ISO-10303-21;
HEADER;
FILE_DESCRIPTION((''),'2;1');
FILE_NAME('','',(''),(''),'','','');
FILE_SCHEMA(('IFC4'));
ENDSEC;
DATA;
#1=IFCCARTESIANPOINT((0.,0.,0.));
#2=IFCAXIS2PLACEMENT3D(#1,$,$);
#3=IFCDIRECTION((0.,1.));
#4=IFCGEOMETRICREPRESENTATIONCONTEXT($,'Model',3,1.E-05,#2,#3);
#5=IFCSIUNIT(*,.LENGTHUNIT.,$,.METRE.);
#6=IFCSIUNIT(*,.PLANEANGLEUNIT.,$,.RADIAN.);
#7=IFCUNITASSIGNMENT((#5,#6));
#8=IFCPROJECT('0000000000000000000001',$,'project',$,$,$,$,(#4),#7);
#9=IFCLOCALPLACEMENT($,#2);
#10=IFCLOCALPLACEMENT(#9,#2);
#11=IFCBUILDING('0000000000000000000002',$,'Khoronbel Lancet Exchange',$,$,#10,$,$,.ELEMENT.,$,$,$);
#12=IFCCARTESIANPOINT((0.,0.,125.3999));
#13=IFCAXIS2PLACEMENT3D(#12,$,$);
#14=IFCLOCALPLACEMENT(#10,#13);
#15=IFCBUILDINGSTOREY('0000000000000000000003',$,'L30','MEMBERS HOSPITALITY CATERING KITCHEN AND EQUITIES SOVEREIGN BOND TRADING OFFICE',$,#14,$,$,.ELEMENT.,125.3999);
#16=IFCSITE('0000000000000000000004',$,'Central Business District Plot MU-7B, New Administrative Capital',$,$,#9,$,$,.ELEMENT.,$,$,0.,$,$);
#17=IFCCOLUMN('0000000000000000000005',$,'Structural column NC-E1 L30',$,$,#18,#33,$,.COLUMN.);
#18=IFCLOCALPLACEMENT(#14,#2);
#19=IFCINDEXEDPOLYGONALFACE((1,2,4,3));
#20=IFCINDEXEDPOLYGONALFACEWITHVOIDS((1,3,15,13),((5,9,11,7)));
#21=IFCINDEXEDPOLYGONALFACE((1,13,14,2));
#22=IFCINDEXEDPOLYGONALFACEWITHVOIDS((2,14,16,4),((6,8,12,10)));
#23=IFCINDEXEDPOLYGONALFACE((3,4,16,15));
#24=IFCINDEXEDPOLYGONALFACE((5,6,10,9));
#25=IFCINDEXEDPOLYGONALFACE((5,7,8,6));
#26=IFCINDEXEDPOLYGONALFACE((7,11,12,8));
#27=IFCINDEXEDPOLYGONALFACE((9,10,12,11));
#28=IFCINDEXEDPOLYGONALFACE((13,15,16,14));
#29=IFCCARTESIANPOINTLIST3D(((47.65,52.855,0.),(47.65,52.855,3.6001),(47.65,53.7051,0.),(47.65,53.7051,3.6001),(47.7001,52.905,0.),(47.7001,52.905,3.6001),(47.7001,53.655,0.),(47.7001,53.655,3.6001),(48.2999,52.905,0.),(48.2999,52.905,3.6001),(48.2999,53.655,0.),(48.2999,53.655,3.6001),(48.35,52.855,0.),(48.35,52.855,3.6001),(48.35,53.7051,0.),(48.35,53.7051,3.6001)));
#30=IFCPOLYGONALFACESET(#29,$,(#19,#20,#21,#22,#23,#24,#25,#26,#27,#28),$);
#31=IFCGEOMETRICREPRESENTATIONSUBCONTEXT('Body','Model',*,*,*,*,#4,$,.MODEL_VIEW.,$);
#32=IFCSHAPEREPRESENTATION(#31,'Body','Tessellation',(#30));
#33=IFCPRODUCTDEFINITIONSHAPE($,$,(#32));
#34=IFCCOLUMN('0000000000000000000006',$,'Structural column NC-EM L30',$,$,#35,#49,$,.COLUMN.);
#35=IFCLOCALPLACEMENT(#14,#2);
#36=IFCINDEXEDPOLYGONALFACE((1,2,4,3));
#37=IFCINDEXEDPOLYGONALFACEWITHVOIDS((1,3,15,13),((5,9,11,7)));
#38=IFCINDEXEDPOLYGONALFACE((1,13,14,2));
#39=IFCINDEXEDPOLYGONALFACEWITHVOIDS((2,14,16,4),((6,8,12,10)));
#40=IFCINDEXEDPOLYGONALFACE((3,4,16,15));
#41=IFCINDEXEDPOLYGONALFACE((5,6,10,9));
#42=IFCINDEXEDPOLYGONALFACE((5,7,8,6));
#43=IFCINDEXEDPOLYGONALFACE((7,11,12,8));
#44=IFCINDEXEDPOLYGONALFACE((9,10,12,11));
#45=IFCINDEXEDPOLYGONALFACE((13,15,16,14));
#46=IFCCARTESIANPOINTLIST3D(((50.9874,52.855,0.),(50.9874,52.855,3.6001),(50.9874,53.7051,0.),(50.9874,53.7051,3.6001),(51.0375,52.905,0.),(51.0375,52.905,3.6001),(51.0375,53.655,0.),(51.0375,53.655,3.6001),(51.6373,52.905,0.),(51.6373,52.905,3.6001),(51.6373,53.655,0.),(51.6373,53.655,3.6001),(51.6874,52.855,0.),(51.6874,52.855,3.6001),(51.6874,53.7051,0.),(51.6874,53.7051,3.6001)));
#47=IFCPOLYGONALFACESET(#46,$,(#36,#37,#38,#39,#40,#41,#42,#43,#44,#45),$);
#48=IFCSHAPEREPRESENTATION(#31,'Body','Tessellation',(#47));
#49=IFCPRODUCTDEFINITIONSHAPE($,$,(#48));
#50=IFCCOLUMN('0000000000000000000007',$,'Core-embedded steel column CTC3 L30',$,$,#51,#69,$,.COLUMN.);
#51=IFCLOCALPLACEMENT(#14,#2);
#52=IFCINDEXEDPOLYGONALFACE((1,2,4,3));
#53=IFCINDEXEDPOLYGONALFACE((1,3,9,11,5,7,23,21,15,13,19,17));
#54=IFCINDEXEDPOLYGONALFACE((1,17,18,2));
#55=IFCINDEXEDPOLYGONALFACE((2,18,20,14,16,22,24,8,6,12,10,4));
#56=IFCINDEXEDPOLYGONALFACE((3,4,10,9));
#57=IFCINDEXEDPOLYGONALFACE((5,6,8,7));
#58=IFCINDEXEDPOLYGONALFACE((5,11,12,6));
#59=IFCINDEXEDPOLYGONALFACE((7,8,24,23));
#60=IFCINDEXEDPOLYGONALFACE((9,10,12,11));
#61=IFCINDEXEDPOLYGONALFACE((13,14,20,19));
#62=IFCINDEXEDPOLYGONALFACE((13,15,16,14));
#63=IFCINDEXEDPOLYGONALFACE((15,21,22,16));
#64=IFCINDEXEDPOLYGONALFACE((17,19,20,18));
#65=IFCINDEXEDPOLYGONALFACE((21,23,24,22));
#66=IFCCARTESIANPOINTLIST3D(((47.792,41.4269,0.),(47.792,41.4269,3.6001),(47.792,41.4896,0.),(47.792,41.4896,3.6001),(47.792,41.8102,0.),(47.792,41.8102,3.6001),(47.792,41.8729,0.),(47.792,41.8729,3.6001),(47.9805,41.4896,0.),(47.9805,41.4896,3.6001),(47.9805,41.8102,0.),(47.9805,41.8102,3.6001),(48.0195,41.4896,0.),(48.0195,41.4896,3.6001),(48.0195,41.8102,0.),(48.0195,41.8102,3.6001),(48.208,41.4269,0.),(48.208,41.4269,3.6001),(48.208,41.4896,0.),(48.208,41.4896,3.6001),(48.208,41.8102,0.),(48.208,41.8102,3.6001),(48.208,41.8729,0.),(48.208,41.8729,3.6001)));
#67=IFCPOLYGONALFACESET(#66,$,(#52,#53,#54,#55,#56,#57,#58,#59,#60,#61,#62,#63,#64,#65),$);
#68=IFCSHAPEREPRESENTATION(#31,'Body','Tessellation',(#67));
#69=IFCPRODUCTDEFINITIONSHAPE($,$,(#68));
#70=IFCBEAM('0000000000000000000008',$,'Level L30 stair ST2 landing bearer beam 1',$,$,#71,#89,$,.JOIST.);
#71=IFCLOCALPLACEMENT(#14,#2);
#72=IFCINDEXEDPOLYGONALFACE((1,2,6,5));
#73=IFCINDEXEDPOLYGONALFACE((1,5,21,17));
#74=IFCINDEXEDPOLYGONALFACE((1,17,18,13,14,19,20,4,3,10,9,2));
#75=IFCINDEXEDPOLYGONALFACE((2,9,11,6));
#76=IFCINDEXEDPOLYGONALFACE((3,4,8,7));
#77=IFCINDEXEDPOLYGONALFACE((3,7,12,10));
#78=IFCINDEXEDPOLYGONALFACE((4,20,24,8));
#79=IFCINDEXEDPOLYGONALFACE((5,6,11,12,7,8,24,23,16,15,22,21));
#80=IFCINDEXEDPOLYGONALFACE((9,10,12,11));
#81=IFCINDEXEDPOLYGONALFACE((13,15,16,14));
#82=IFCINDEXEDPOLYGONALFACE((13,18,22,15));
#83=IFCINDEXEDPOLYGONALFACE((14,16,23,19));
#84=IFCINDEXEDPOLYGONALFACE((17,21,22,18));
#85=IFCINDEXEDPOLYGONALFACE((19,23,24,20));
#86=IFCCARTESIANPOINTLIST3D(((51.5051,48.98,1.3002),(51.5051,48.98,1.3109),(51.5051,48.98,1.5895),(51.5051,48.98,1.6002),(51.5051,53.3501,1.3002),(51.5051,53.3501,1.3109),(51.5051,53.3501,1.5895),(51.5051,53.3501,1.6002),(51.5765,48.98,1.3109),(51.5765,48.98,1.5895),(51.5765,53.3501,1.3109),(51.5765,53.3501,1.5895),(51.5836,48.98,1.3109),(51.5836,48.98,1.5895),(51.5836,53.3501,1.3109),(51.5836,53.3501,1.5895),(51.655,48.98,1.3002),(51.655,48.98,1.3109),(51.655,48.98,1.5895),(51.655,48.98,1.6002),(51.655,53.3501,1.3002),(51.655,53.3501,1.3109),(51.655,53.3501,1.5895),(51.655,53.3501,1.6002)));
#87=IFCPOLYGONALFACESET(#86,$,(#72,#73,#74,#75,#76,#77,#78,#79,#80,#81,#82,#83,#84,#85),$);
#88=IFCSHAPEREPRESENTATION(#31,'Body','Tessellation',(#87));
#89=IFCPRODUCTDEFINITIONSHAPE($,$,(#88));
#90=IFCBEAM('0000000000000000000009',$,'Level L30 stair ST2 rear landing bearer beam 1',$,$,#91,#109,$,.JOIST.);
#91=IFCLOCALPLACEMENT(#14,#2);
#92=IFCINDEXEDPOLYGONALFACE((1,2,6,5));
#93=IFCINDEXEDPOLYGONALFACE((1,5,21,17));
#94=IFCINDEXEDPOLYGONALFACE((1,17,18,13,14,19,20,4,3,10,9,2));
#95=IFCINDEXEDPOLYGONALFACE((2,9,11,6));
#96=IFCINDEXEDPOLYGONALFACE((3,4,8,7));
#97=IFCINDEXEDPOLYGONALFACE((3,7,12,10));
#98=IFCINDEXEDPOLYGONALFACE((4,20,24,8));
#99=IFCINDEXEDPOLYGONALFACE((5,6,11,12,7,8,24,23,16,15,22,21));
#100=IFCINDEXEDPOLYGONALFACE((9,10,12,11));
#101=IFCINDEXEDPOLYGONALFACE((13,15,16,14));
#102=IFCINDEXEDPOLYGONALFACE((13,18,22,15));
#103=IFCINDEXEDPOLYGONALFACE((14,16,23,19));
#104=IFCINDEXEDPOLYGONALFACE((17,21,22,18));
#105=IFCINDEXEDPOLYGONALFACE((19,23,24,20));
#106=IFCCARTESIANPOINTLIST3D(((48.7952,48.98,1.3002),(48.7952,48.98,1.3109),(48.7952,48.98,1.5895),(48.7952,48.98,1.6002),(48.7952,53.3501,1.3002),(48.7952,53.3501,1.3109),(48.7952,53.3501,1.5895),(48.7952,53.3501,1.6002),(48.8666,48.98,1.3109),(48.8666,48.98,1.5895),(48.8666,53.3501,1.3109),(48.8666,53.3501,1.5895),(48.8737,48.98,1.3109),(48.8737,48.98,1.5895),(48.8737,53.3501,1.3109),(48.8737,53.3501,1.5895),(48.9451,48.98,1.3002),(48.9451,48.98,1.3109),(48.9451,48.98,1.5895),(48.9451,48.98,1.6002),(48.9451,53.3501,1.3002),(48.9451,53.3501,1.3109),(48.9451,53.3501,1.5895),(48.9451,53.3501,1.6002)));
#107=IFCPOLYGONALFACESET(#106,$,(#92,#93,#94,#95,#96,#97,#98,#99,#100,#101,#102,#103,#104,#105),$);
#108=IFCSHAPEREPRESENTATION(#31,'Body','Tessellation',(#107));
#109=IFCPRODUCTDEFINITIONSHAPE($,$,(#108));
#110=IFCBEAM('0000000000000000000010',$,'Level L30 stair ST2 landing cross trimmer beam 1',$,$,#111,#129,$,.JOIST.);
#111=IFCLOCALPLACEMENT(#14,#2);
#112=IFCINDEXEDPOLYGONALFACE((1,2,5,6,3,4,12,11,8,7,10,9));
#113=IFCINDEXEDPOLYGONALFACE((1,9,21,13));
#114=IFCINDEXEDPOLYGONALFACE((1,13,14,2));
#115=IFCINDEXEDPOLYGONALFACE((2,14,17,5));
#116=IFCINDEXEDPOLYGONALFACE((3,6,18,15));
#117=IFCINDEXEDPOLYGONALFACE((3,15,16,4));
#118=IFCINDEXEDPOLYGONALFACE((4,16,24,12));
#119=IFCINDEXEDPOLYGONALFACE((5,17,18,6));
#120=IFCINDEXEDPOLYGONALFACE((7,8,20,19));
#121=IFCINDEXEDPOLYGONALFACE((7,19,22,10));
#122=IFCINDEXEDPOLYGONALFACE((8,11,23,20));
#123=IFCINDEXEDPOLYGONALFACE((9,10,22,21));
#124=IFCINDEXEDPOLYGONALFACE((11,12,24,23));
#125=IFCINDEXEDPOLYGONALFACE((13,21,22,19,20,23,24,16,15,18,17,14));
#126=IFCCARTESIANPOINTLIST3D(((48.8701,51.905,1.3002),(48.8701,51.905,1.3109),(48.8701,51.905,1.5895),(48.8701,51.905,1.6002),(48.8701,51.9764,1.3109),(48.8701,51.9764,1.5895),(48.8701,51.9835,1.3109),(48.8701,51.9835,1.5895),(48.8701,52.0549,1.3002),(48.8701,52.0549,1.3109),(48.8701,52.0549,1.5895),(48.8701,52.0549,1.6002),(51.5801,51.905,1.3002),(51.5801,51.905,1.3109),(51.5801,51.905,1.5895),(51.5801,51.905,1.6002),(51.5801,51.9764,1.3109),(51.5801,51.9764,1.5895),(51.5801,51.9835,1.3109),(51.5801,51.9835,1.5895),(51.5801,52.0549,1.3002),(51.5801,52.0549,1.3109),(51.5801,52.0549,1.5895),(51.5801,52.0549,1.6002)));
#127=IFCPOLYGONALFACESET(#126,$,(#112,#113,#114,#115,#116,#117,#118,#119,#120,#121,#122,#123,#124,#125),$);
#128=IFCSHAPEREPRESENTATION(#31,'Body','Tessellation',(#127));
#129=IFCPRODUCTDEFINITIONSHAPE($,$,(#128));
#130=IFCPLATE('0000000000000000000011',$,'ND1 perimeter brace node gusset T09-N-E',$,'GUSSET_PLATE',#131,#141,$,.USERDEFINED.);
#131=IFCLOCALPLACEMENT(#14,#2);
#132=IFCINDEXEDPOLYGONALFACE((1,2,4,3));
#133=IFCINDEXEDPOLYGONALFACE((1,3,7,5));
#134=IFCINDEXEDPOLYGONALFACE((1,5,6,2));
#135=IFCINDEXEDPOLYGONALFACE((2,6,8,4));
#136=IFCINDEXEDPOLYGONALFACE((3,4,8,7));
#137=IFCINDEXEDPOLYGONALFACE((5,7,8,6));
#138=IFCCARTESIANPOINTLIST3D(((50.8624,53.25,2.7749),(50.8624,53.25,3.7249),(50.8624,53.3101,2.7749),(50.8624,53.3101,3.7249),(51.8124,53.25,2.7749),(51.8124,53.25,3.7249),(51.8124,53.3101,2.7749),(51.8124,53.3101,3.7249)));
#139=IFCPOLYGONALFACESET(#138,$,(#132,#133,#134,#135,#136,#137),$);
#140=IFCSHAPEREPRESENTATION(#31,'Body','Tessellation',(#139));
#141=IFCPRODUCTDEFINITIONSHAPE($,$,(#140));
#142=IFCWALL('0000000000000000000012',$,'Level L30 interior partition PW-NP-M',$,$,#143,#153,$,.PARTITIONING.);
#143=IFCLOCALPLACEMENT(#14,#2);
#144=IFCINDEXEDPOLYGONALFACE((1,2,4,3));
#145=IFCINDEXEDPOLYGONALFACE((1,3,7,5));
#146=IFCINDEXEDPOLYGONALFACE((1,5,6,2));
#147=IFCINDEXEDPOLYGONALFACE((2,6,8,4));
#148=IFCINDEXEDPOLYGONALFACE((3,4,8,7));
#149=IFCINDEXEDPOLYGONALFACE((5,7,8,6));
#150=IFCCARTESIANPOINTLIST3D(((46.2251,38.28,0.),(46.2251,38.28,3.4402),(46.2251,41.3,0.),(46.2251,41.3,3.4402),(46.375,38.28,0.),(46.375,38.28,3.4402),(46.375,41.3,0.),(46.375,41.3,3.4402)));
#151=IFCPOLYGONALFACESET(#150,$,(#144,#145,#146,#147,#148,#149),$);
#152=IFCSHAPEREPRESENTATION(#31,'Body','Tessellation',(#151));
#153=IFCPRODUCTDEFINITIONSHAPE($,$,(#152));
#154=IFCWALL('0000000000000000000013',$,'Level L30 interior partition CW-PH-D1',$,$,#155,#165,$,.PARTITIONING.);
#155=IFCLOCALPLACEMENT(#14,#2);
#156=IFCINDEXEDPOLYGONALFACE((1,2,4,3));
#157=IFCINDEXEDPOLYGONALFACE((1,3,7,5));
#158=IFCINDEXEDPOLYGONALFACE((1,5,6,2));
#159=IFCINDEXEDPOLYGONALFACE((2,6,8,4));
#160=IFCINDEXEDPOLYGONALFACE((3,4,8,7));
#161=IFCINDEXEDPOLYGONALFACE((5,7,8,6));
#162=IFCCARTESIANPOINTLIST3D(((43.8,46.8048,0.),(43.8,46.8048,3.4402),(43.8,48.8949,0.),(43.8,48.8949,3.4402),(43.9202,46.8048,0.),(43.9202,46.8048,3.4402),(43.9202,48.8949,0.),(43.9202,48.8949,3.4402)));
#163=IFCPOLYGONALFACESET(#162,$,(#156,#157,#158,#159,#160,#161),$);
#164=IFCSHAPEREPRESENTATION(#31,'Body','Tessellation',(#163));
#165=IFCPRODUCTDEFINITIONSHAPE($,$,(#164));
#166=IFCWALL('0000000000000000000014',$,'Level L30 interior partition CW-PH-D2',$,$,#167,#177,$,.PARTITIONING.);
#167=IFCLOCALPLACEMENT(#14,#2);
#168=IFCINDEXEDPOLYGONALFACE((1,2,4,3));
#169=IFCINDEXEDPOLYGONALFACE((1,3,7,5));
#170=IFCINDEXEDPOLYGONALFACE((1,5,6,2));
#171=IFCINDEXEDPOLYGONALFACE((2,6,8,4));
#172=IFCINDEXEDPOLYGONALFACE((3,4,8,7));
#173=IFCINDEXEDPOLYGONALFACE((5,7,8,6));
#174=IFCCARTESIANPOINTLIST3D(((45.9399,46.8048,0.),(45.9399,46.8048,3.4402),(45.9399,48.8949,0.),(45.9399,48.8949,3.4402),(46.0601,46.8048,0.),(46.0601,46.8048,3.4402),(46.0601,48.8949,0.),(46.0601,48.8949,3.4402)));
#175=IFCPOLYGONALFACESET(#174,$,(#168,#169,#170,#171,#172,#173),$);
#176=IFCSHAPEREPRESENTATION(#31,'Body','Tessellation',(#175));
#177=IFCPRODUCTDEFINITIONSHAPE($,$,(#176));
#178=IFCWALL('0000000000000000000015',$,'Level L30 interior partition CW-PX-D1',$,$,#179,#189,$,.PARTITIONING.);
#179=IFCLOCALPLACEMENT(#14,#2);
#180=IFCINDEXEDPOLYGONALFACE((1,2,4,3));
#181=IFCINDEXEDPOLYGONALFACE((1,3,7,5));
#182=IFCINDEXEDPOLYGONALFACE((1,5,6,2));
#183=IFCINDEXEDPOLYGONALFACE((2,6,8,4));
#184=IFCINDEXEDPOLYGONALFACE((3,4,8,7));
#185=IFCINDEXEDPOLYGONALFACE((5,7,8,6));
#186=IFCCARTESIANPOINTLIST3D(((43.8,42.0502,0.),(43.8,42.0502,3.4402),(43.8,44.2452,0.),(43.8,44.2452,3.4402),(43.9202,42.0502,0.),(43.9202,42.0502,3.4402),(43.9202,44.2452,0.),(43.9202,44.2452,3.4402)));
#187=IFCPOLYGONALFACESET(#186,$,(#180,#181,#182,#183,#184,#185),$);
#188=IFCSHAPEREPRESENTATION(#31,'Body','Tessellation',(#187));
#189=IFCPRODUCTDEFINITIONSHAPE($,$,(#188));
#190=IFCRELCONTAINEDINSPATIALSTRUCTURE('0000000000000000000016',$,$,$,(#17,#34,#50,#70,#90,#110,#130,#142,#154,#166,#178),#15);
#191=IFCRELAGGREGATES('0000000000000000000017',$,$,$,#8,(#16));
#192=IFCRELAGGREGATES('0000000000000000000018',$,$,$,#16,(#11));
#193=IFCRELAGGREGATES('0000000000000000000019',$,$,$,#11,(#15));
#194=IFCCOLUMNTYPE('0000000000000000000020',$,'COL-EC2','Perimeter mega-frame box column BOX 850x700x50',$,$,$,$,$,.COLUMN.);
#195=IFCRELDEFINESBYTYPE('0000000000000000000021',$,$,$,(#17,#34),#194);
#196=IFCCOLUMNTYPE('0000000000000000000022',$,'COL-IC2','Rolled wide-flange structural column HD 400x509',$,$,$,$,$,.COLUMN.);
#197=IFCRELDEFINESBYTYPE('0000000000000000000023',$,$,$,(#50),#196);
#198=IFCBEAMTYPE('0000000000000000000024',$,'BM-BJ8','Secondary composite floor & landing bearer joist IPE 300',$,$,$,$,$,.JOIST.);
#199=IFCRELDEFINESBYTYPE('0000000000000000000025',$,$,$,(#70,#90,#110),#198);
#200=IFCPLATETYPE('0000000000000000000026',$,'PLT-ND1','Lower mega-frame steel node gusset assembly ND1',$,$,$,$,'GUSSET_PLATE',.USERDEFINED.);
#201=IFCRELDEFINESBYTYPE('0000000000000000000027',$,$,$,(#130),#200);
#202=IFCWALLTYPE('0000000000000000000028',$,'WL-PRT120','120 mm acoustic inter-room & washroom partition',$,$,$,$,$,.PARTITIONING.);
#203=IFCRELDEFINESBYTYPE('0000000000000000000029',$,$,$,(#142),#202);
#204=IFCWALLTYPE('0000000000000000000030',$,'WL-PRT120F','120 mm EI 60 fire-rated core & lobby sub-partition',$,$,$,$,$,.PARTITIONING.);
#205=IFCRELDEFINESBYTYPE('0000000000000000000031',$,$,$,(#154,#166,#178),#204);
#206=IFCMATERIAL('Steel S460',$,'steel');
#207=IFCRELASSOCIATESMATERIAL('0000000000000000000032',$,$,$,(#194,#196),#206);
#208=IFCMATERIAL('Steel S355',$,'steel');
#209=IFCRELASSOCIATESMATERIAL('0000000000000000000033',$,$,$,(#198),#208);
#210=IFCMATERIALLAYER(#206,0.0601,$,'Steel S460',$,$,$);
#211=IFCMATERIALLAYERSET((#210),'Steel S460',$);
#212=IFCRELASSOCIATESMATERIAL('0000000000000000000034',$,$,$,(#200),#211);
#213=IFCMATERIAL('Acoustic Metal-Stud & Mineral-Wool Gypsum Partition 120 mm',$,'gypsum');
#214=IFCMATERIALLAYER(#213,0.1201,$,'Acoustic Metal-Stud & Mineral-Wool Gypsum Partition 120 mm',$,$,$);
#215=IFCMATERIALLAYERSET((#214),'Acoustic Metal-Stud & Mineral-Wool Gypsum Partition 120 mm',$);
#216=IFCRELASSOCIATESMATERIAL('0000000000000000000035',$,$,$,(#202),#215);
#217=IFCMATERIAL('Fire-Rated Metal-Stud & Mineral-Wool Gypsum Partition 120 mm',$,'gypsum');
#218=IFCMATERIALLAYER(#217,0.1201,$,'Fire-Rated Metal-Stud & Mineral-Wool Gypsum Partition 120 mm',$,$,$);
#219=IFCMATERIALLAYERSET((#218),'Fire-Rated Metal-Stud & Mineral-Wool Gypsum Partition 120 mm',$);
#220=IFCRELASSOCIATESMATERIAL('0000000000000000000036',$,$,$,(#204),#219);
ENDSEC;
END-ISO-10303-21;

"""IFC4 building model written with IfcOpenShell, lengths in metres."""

from ifc_helpers import new_model, si_unit, direction, frame, frame_2d, origin, origin_2d, place, context, subcontext, project, spatial, rectangle, hollow_rectangle, i_section, extrude, material, layer, layer_set, material_profile, profile_set, type_object, element, save


model = new_model("IFC4")

# Units and contexts
model_context = context("Model", 3, precision=1e-05, world=origin(), true_north=direction((0.0, 1.0)))
body_context = subcontext(model_context, "Body", "Model", "MODEL_VIEW")
ifc_project = project(units=[si_unit("LENGTHUNIT", "METRE"), si_unit("PLANEANGLEUNIT", "RADIAN")], contexts=[model_context])

# Site, building, storey
site_placement = place(None, origin())
site = spatial("IfcSite", under=ifc_project, at=site_placement, Name="Central Business District Plot MU-7B, New Administrative Capital", CompositionType="ELEMENT", RefElevation=0.0)
building_placement = place(site_placement, origin())
building = spatial("IfcBuilding", under=site, at=building_placement, Name="Khoronbel Lancet Exchange", CompositionType="ELEMENT")
storey_placement = place(building_placement, frame((0.0, 0.0, 125.3999)))
storey = spatial("IfcBuildingStorey", under=building, at=storey_placement, Name="L30", Description="MEMBERS HOSPITALITY CATERING KITCHEN AND EQUITIES SOVEREIGN BOND TRADING OFFICE", CompositionType="ELEMENT", Elevation=125.3999)

# Columns
ifc_material_1 = material(Name="Steel S460", Category="steel")
ifc_material_profile_1 = material_profile(ifc_material_1, hollow_rectangle(XDim=0.7, YDim=0.8501, WallThickness=0.05, at=origin_2d()), Name="BOX 850x700x50")
ifc_profile_set_1 = profile_set([ifc_material_profile_1], Name="Steel S460")
column_type_1 = type_object("IfcColumnType", Name="COL-EC2", Description="Perimeter mega-frame box column BOX 850x700x50", PredefinedType="COLUMN", material=ifc_profile_set_1)
for number, where, z_axis, x_axis, name in (
    (1, (48.0, 53.28, 0.0), (0.0, 0.0, 1.0), (1.0, 0.0, 0.0), "Structural column NC-E1 L30"),
    (2, (51.3374, 53.28, 0.0), (0.0, 0.0, 1.0), (1.0, 0.0, 0.0), "Structural column NC-EM L30"),
):
    element("IfcColumn", number, at=place(storey_placement, frame(where, z_axis=z_axis, x_axis=x_axis)), inside=storey, type_object=column_type_1, Name=name, PredefinedType="COLUMN", context=body_context, shape_type="SweptSolid", body=[
        extrude(hollow_rectangle(XDim=0.7, YDim=0.8501, WallThickness=0.05, at=origin_2d()), origin(), (0.0, 0.0, 1.0), 3.6001),
    ])
ifc_material_profile_2 = material_profile(ifc_material_1, i_section(OverallWidth=0.416, OverallDepth=0.446, WebThickness=0.0391, FlangeThickness=0.0627, at=origin_2d()), Name="HD 400x509")
ifc_profile_set_2 = profile_set([ifc_material_profile_2], Name="Steel S460")
column_type_2 = type_object("IfcColumnType", Name="COL-IC2", Description="Rolled wide-flange structural column HD 400x509", PredefinedType="COLUMN", material=ifc_profile_set_2)
column_placement = place(storey_placement, frame((48.0, 41.6499, 0.0), z_axis=(0.0, 0.0, 1.0), x_axis=(1.0, 0.0, 0.0)))
element("IfcColumn", 3, at=column_placement, inside=storey, type_object=column_type_2, Name="Core-embedded steel column CTC3 L30", PredefinedType="COLUMN", context=body_context, shape_type="SweptSolid", body=[
    extrude(i_section(OverallWidth=0.416, OverallDepth=0.446, WebThickness=0.0391, FlangeThickness=0.0627, at=origin_2d()), origin(), (0.0, 0.0, 1.0), 3.6001),
])

# Beams
ifc_material_2 = material(Name="Steel S355", Category="steel")
ifc_material_profile_3 = material_profile(ifc_material_2, i_section(OverallWidth=0.1499, OverallDepth=0.3, WebThickness=0.0071, FlangeThickness=0.0107, at=origin_2d()), Name="IPE 300")
ifc_profile_set_3 = profile_set([ifc_material_profile_3], Name="Steel S355")
beam_type = type_object("IfcBeamType", Name="BM-BJ8", Description="Secondary composite floor & landing bearer joist IPE 300", PredefinedType="JOIST", material=ifc_profile_set_3)
for number, where, z_axis, x_axis, name in (
    (4, (51.5801, 48.98, 1.4502), (0.0, 1.0, 0.0), (-1.0, 0.0, 0.0), "Level L30 stair ST2 landing bearer beam 1"),
    (5, (48.8701, 48.98, 1.4502), (0.0, 1.0, 0.0), (-1.0, 0.0, 0.0), "Level L30 stair ST2 rear landing bearer beam 1"),
):
    element("IfcBeam", number, at=place(storey_placement, frame(where, z_axis=z_axis, x_axis=x_axis)), inside=storey, type_object=beam_type, Name=name, PredefinedType="JOIST", context=body_context, shape_type="SweptSolid", body=[
        extrude(i_section(OverallWidth=0.1499, OverallDepth=0.3, WebThickness=0.0071, FlangeThickness=0.0107, at=origin_2d()), origin(), (0.0, 0.0, 1.0), 4.3701),
    ])
beam_placement = place(storey_placement, frame((48.8701, 51.98, 1.4502), z_axis=(1.0, 0.0, 0.0), x_axis=(0.0, 1.0, 0.0)))
element("IfcBeam", 6, at=beam_placement, inside=storey, type_object=beam_type, Name="Level L30 stair ST2 landing cross trimmer beam 1", PredefinedType="JOIST", context=body_context, shape_type="SweptSolid", body=[
    extrude(i_section(OverallWidth=0.1499, OverallDepth=0.3, WebThickness=0.0071, FlangeThickness=0.0107, at=origin_2d()), origin(), (0.0, 0.0, 1.0), 2.71),
])

# Plate
ifc_layer_1 = layer(ifc_material_1, 0.0601, Name="Steel S460")
ifc_layer_set_1 = layer_set([ifc_layer_1], Name="Steel S460")
plate_type = type_object("IfcPlateType", Name="PLT-ND1", Description="Lower mega-frame steel node gusset assembly ND1", ElementType="GUSSET_PLATE", PredefinedType="USERDEFINED", material=ifc_layer_set_1)
plate_placement = place(storey_placement, frame((51.3374, 53.28, 2.7749), z_axis=(0.0, 0.0, 1.0), x_axis=(1.0, 0.0, 0.0)))
element("IfcPlate", 7, at=plate_placement, inside=storey, type_object=plate_type, Name="ND1 perimeter brace node gusset T09-N-E", ObjectType="GUSSET_PLATE", PredefinedType="USERDEFINED", context=body_context, shape_type="SweptSolid", body=[
    extrude(rectangle(XDim=0.95, YDim=0.0601, at=origin_2d()), origin(), (0.0, 0.0, 1.0), 0.95),
])

# Walls
ifc_material_3 = material(Name="Acoustic Metal-Stud & Mineral-Wool Gypsum Partition 120 mm", Category="gypsum")
ifc_layer_2 = layer(ifc_material_3, 0.1201, Name="Acoustic Metal-Stud & Mineral-Wool Gypsum Partition 120 mm")
ifc_layer_set_2 = layer_set([ifc_layer_2], Name="Acoustic Metal-Stud & Mineral-Wool Gypsum Partition 120 mm")
wall_type_1 = type_object("IfcWallType", Name="WL-PRT120", Description="120 mm acoustic inter-room & washroom partition", PredefinedType="PARTITIONING", material=ifc_layer_set_2)
wall_1_placement = place(storey_placement, frame((46.3, 38.28, 0.0), z_axis=(0.0, 0.0, 1.0), x_axis=(0.0, 1.0, 0.0)))
element("IfcWall", 8, at=wall_1_placement, inside=storey, type_object=wall_type_1, Name="Level L30 interior partition PW-NP-M", PredefinedType="PARTITIONING", context=body_context, shape_type="SweptSolid", body=[
    extrude(rectangle(XDim=3.02, YDim=0.1499, at=frame_2d((1.51, 0.0))), origin(), (0.0, 0.0, 1.0), 3.4402),
])
ifc_material_4 = material(Name="Fire-Rated Metal-Stud & Mineral-Wool Gypsum Partition 120 mm", Category="gypsum")
ifc_layer_3 = layer(ifc_material_4, 0.1201, Name="Fire-Rated Metal-Stud & Mineral-Wool Gypsum Partition 120 mm")
ifc_layer_set_3 = layer_set([ifc_layer_3], Name="Fire-Rated Metal-Stud & Mineral-Wool Gypsum Partition 120 mm")
wall_type_2 = type_object("IfcWallType", Name="WL-PRT120F", Description="120 mm EI 60 fire-rated core & lobby sub-partition", PredefinedType="PARTITIONING", material=ifc_layer_set_3)
for number, where, z_axis, x_axis, name in (
    (9, (43.8601, 46.8049, 0.0), (0.0, 0.0, 1.0), (0.0, 1.0, 0.0), "Level L30 interior partition CW-PH-D1"),
    (10, (46.0, 46.8049, 0.0), (0.0, 0.0, 1.0), (0.0, 1.0, 0.0), "Level L30 interior partition CW-PH-D2"),
):
    element("IfcWall", number, at=place(storey_placement, frame(where, z_axis=z_axis, x_axis=x_axis)), inside=storey, type_object=wall_type_2, Name=name, PredefinedType="PARTITIONING", context=body_context, shape_type="SweptSolid", body=[
        extrude(rectangle(XDim=2.0901, YDim=0.1201, at=frame_2d((1.0449, 0.0))), origin(), (0.0, 0.0, 1.0), 3.4402),
    ])
for number, where, z_axis, x_axis, name in (
    (11, (43.8601, 42.05, 0.0), (0.0, 0.0, 1.0), (0.0, 1.0, 0.0), "Level L30 interior partition CW-PX-D1"),
):
    element("IfcWall", number, at=place(storey_placement, frame(where, z_axis=z_axis, x_axis=x_axis)), inside=storey, type_object=wall_type_2, Name=name, PredefinedType="PARTITIONING", context=body_context, shape_type="SweptSolid", body=[
        extrude(rectangle(XDim=2.1951, YDim=0.1201, at=frame_2d((1.0977, 0.0))), origin(), (0.0, 0.0, 1.0), 3.4402),
    ])

save(model, "model.ifc")
